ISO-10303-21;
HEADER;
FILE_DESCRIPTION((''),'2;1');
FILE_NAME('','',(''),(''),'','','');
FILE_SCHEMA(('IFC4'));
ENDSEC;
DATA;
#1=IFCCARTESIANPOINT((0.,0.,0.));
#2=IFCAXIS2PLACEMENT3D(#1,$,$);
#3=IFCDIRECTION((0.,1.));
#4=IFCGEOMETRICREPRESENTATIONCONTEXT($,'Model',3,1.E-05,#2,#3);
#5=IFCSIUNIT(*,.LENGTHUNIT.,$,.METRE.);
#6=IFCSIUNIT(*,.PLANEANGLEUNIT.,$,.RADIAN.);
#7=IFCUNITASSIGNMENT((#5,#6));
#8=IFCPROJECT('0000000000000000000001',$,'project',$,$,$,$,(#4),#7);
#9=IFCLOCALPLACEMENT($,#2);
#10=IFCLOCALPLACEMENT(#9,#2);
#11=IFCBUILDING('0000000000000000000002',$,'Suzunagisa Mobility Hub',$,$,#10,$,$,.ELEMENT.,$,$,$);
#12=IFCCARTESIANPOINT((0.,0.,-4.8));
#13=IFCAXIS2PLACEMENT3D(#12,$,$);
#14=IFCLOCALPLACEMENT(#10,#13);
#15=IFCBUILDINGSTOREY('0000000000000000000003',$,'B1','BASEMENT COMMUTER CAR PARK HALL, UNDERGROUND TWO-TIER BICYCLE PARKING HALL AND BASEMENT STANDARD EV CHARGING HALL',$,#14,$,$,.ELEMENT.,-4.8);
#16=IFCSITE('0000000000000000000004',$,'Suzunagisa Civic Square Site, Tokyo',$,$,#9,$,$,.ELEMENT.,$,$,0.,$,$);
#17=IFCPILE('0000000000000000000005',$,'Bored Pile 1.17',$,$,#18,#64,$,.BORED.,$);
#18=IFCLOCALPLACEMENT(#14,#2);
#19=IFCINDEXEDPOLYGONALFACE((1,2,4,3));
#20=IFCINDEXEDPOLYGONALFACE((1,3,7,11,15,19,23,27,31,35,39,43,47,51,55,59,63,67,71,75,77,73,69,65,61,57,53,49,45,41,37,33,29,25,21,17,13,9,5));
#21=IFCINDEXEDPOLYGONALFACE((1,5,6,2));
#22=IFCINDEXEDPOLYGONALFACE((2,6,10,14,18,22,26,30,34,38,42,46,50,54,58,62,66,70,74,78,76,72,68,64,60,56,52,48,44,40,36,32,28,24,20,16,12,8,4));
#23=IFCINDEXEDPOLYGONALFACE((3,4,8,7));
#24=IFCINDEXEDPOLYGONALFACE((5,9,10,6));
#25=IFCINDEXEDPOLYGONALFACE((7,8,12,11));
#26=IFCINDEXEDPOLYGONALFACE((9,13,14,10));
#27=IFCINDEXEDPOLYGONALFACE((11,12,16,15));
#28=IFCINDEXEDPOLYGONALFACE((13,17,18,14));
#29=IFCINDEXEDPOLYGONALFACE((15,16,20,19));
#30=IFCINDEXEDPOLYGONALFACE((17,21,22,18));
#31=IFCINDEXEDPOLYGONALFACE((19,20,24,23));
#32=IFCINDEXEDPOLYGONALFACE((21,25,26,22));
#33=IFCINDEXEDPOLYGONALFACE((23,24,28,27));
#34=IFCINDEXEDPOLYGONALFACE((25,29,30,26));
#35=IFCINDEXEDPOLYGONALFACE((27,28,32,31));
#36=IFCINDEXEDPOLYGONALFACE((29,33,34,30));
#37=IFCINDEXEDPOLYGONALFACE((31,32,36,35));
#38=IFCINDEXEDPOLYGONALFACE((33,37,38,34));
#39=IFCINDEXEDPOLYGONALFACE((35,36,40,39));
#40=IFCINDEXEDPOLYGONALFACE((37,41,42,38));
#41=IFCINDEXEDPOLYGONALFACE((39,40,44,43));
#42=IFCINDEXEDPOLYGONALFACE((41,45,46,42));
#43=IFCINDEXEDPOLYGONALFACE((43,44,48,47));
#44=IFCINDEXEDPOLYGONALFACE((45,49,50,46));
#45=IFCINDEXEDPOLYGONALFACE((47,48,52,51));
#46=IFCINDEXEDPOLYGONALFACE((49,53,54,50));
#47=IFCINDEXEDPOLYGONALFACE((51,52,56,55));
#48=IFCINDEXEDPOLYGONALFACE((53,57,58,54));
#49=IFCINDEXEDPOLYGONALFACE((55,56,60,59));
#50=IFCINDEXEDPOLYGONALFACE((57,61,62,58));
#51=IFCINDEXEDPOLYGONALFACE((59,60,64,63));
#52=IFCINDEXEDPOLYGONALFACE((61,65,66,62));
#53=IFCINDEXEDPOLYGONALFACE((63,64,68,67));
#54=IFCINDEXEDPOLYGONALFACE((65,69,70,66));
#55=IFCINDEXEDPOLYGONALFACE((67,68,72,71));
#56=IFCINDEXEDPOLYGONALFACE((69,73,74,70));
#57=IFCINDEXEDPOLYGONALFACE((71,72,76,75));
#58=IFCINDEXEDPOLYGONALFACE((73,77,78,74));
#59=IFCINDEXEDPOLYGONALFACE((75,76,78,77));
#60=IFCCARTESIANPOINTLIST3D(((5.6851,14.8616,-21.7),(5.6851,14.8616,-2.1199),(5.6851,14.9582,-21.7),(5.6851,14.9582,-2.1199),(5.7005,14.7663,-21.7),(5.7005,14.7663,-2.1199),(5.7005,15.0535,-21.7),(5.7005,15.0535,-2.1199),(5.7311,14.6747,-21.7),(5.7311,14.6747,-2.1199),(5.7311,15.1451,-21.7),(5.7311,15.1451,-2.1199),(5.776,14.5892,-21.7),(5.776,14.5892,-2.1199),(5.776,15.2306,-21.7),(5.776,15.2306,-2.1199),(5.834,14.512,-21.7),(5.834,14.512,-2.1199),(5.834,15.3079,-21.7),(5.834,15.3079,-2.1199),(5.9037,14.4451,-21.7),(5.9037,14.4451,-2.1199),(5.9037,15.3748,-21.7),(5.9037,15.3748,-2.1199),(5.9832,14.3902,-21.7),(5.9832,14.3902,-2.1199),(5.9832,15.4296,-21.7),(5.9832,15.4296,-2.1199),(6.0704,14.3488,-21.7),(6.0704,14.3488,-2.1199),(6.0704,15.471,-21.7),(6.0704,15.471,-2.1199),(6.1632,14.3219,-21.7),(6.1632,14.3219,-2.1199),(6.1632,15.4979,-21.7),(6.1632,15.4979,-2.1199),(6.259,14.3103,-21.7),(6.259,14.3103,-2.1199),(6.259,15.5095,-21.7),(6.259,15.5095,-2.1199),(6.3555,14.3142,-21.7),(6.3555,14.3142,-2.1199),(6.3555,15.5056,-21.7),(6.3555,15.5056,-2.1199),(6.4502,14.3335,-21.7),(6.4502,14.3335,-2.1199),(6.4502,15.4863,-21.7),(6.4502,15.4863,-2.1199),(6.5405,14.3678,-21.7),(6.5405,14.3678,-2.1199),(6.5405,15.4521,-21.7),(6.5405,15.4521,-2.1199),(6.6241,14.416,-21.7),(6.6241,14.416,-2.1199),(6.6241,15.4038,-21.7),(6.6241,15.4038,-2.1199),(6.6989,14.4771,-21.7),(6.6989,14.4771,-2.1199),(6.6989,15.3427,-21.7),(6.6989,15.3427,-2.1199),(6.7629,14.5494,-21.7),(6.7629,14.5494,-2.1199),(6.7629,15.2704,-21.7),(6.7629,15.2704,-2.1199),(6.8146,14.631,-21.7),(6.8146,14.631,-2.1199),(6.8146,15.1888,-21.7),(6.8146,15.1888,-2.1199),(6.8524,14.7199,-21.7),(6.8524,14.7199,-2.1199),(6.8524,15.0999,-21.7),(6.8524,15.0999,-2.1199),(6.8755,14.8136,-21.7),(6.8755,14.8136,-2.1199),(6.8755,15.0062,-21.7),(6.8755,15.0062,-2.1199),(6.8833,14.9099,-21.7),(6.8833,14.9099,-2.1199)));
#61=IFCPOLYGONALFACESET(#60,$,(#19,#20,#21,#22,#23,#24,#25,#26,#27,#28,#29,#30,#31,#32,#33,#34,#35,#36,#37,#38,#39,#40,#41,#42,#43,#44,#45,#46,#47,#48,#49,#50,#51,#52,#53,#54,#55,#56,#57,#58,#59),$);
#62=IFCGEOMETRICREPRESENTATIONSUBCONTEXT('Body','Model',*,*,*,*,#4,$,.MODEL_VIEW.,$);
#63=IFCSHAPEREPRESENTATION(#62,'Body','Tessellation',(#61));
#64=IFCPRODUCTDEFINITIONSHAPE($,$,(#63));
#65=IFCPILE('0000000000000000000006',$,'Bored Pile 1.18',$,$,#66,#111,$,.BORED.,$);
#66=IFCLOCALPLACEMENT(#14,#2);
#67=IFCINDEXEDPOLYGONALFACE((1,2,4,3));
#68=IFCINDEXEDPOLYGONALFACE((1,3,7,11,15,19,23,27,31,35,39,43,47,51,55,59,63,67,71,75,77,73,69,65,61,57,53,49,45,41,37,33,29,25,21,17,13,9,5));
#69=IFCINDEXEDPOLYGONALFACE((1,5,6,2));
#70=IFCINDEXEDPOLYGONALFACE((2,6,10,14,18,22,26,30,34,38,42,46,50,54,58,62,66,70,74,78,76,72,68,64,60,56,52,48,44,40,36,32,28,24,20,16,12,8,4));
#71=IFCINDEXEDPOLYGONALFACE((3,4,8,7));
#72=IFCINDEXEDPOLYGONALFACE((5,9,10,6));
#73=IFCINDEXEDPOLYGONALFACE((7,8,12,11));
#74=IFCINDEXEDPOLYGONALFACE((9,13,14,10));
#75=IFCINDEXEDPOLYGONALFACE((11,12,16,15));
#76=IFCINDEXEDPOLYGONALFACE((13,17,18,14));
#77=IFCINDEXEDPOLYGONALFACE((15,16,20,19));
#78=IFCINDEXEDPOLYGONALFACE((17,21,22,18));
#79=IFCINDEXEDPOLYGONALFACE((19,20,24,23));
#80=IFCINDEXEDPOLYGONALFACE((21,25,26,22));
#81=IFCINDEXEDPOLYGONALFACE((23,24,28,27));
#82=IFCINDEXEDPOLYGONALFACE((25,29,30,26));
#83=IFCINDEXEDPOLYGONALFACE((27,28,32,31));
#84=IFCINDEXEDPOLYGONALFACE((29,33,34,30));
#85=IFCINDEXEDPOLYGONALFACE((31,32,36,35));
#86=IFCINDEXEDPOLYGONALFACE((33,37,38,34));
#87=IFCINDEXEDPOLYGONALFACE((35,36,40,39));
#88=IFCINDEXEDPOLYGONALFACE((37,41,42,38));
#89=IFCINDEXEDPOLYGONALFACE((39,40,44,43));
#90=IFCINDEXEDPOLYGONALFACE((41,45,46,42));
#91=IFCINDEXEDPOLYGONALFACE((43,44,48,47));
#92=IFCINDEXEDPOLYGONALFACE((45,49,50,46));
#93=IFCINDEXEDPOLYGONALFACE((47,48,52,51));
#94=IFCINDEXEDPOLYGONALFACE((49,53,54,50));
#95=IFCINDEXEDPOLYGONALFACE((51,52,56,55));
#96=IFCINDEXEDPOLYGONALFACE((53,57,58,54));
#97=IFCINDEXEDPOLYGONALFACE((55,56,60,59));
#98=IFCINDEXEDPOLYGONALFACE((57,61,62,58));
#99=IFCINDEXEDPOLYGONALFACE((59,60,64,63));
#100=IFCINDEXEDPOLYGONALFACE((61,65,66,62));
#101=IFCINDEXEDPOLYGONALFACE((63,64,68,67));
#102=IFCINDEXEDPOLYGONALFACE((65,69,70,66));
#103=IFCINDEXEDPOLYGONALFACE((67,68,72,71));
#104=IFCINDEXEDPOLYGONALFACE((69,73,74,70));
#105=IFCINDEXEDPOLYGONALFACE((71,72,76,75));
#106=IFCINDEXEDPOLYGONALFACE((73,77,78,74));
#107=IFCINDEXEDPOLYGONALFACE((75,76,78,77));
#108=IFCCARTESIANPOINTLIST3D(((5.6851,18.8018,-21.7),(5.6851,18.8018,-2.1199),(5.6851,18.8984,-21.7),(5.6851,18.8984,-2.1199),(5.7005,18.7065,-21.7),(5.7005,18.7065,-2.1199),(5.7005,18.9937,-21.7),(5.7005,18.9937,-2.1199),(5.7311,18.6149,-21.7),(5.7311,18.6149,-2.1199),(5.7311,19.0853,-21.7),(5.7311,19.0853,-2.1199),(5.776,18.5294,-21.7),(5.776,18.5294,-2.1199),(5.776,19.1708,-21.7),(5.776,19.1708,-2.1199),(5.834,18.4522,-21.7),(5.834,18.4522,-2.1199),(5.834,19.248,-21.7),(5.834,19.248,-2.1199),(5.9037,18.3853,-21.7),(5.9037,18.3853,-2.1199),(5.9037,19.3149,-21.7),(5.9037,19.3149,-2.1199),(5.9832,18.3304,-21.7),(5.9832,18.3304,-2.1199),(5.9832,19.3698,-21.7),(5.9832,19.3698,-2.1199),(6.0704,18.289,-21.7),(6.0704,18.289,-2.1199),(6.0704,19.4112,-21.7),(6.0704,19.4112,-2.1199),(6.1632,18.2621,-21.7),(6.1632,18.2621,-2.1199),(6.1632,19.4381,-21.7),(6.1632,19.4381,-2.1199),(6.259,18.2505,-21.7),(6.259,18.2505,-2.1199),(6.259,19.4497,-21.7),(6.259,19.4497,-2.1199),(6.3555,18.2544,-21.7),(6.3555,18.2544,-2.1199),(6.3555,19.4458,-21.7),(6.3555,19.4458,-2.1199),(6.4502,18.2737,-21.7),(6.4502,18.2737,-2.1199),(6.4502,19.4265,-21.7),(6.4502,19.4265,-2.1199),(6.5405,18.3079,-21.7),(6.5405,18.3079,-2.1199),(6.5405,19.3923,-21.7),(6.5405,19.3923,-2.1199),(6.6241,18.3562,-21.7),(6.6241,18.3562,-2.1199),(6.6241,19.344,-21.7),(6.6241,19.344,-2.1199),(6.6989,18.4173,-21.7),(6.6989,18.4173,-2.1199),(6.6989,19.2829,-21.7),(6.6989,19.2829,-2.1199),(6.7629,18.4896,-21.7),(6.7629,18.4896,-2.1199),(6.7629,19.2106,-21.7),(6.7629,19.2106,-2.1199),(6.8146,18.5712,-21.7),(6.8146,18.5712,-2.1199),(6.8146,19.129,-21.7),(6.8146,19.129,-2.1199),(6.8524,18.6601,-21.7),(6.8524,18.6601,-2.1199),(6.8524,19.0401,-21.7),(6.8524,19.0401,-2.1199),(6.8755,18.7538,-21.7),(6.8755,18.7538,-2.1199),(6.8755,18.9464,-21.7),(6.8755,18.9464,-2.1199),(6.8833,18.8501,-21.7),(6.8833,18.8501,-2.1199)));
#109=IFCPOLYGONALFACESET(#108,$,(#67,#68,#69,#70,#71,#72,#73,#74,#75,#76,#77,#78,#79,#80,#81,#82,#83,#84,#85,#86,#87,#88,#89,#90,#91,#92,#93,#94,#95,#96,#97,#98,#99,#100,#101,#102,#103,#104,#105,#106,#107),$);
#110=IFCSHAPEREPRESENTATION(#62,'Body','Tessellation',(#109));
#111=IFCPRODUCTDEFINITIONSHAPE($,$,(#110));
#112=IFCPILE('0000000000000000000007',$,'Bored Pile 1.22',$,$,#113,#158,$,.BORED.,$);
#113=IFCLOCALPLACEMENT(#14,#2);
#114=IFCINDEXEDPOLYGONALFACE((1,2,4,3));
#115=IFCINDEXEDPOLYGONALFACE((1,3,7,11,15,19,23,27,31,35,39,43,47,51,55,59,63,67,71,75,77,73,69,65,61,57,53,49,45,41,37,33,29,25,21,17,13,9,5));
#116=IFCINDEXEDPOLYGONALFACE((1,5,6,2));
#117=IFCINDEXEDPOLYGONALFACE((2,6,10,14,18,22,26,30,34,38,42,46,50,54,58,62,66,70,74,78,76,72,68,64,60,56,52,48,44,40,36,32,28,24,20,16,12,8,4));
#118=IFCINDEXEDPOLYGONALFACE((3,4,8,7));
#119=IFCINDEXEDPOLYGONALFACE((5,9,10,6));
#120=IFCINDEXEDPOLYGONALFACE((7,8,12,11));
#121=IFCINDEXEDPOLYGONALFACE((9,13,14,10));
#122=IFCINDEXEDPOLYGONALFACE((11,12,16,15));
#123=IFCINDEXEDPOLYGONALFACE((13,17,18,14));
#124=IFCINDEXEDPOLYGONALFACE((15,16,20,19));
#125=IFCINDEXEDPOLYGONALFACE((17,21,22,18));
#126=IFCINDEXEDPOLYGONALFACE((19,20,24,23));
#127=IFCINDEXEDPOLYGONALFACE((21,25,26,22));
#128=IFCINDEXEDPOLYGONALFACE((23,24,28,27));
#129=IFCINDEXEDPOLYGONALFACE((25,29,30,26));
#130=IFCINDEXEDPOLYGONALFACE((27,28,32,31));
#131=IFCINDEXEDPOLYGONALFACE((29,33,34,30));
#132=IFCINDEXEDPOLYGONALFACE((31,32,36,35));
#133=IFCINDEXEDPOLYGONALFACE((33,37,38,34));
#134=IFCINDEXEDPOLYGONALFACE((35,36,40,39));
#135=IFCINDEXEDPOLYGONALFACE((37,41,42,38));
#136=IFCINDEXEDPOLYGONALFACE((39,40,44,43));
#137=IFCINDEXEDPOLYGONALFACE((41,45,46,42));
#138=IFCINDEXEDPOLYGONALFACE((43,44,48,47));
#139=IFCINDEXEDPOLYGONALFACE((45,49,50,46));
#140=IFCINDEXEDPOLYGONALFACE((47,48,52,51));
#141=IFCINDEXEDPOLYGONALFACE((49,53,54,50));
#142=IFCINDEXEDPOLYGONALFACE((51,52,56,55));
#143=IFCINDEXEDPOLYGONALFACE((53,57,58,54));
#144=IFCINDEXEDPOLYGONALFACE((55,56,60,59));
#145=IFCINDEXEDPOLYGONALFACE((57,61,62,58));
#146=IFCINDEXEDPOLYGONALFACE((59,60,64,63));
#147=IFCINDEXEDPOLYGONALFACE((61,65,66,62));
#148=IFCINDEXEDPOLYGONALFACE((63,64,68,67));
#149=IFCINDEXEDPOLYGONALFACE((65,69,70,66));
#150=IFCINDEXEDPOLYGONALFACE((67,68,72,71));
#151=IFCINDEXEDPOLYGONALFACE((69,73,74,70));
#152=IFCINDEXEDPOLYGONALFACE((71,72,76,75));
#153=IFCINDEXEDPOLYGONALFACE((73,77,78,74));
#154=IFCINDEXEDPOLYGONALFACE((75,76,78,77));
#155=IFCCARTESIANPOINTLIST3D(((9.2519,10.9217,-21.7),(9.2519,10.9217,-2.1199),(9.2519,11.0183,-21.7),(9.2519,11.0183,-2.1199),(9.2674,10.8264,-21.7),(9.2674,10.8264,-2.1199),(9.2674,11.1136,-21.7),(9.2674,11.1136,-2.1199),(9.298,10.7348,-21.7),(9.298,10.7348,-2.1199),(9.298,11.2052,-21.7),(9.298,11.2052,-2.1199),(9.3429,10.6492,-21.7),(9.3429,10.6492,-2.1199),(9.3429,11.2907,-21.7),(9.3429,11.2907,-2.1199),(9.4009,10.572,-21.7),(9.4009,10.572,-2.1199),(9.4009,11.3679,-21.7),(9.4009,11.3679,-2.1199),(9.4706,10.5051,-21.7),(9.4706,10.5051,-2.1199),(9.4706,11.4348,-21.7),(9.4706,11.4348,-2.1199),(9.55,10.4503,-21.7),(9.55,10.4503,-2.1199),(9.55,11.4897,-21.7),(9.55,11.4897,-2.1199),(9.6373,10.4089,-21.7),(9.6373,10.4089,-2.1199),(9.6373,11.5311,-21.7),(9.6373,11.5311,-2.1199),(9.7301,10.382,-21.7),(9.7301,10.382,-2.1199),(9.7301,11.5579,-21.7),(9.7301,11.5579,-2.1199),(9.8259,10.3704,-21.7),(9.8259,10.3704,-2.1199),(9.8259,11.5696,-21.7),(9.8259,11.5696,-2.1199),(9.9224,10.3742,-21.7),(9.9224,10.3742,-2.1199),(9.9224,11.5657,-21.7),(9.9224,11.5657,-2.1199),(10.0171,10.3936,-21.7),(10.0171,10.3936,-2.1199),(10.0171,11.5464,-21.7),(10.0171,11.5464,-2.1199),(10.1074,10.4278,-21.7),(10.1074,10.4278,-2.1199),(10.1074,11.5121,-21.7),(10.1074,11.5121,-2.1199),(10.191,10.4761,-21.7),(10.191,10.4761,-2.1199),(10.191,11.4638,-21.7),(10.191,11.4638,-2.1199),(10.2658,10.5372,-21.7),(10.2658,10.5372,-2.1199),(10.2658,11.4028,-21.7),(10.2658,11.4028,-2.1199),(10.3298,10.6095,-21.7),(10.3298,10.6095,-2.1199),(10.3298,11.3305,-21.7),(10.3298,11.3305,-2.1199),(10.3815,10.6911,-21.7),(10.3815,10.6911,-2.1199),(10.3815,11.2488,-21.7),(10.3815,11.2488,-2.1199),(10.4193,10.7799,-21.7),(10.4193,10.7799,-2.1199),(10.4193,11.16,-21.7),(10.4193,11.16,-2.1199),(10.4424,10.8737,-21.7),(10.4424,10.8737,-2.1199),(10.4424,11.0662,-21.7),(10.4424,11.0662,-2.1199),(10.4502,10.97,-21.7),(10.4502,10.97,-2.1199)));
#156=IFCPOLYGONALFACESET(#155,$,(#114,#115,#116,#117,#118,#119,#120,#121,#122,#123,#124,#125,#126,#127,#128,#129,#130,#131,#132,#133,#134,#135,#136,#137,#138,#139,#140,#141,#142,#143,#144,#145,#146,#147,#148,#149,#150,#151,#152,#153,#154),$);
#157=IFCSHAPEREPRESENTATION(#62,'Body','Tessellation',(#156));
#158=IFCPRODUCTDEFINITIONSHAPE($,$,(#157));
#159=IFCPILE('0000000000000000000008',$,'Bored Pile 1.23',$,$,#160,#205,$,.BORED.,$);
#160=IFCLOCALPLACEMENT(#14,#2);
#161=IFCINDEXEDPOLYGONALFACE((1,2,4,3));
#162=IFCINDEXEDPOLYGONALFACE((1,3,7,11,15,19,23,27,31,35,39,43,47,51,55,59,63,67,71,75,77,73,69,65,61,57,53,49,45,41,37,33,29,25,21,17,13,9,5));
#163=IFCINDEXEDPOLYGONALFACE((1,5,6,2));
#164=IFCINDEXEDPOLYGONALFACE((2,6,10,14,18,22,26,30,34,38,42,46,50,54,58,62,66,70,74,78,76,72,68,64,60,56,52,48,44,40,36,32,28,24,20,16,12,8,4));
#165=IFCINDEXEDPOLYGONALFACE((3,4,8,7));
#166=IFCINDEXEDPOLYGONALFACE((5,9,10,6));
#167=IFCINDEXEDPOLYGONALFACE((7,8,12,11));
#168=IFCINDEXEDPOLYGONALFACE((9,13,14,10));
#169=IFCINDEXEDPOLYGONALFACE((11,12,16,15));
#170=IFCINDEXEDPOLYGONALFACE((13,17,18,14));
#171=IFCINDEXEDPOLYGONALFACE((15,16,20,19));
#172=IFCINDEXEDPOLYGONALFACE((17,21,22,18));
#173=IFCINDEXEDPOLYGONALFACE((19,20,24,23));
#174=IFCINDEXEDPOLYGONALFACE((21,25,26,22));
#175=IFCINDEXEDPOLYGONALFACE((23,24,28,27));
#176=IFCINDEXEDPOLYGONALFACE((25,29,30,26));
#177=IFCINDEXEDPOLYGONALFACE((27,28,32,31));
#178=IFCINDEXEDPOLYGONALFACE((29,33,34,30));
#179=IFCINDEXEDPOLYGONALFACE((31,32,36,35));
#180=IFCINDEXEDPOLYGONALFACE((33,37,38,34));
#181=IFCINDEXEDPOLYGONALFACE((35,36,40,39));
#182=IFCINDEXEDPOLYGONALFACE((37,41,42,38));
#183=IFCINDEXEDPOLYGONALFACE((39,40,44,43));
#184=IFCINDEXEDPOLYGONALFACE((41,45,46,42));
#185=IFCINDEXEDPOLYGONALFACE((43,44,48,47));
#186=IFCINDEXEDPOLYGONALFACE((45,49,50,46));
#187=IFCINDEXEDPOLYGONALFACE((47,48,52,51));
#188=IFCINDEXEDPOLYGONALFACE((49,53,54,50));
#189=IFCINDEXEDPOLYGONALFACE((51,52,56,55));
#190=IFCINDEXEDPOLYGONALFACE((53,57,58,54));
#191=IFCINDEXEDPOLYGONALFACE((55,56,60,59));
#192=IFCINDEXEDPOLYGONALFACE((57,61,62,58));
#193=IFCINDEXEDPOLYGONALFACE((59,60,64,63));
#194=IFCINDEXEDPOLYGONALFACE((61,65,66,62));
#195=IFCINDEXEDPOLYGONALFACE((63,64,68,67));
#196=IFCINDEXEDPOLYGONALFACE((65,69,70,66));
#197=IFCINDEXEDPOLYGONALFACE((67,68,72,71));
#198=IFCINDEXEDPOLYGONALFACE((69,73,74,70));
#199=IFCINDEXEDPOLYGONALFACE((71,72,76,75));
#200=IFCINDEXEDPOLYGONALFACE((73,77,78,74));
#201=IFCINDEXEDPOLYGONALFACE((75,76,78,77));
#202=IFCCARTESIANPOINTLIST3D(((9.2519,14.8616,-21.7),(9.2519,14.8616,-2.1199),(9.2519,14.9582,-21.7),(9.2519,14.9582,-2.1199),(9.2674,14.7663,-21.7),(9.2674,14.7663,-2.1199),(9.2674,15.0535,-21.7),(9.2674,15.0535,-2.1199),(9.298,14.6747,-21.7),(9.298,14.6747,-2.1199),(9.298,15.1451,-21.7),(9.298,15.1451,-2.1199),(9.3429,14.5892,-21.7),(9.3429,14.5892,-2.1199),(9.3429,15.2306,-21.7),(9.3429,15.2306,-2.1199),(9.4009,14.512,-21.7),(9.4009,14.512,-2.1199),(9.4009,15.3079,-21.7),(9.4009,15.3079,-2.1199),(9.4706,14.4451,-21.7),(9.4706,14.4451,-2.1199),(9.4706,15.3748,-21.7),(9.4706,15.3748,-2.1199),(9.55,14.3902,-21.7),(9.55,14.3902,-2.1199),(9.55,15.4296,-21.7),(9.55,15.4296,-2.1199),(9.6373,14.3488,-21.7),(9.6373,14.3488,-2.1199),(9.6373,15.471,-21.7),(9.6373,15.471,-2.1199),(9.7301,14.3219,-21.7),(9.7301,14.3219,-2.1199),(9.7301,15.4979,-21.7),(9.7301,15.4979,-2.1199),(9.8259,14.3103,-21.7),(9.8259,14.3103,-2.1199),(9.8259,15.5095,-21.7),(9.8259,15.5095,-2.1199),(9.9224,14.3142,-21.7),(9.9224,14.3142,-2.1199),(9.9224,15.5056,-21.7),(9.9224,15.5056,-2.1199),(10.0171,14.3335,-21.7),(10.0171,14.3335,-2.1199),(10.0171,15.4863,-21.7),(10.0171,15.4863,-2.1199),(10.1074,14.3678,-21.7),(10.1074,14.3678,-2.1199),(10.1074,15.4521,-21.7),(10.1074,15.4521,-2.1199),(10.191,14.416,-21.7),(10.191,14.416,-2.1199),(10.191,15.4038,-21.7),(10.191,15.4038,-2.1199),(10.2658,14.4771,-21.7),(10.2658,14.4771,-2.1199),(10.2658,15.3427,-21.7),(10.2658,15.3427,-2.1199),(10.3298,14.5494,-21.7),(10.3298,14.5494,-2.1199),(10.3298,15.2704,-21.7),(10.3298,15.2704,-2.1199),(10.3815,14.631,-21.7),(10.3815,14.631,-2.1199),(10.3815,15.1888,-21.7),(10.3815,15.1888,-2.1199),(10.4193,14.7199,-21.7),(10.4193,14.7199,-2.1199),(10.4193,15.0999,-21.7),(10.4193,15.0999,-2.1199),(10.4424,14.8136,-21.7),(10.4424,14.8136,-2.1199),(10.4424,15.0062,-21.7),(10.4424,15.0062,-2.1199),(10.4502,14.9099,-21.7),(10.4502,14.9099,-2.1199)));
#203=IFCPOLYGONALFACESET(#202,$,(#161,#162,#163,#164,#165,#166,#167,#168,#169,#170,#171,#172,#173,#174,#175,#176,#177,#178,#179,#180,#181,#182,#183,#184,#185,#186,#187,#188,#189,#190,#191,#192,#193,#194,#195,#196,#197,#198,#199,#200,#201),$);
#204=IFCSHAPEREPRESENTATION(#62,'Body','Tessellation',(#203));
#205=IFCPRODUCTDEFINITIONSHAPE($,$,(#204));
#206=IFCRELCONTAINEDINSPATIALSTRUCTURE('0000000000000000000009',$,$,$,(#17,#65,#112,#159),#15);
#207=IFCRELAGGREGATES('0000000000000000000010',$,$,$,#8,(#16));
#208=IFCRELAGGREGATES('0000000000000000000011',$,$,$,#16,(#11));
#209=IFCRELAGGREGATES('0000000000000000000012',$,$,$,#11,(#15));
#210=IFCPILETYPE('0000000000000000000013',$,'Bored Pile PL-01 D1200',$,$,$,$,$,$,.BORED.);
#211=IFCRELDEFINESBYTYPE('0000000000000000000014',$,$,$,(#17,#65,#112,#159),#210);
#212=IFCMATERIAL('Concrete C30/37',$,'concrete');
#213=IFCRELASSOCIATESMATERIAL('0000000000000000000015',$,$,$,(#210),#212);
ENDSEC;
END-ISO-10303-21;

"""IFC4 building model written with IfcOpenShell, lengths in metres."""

from ifc_helpers import new_model, si_unit, direction, frame, origin, origin_2d, place, context, subcontext, project, spatial, circle, extrude, material, material_profile, profile_set, type_object, element, save


model = new_model("IFC4")

# Units and contexts
model_context = context("Model", 3, precision=1e-05, world=origin(), true_north=direction((0.0, 1.0)))
body_context = subcontext(model_context, "Body", "Model", "MODEL_VIEW")
ifc_project = project(units=[si_unit("LENGTHUNIT", "METRE"), si_unit("PLANEANGLEUNIT", "RADIAN")], contexts=[model_context])

# Site, building, storey
site_placement = place(None, origin())
site = spatial("IfcSite", under=ifc_project, at=site_placement, Name="Suzunagisa Civic Square Site, Tokyo", CompositionType="ELEMENT", RefElevation=0.0)
building_placement = place(site_placement, origin())
building = spatial("IfcBuilding", under=site, at=building_placement, Name="Suzunagisa Mobility Hub", CompositionType="ELEMENT")
storey_placement = place(building_placement, frame((0.0, 0.0, -4.8)))
storey = spatial("IfcBuildingStorey", under=building, at=storey_placement, Name="B1", Description="BASEMENT COMMUTER CAR PARK HALL, UNDERGROUND TWO-TIER BICYCLE PARKING HALL AND BASEMENT STANDARD EV CHARGING HALL", CompositionType="ELEMENT", Elevation=-4.8)

# Piles
ifc_material_1 = material(Name="Concrete C30/37", Category="concrete")
ifc_material_profile_1 = material_profile(ifc_material_1, circle(Radius=0.6001, at=origin_2d()), Name="BORED PILE D1200")
ifc_profile_set_1 = profile_set([ifc_material_profile_1], Name="Concrete C30/37")
pile_type = type_object("IfcPileType", Name="Bored Pile PL-01 D1200", PredefinedType="BORED", material=ifc_profile_set_1)
for number, where, z_axis, x_axis, name in (
    (1, (6.2832, 14.9099, -2.1199), (0.0, 0.0, -1.0), (1.0, 0.0, 0.0), "Bored Pile 1.17"),
    (2, (6.2832, 18.8501, -2.1199), (0.0, 0.0, -1.0), (1.0, 0.0, 0.0), "Bored Pile 1.18"),
    (3, (9.8501, 10.97, -2.1199), (0.0, 0.0, -1.0), (1.0, 0.0, 0.0), "Bored Pile 1.22"),
    (4, (9.8501, 14.9099, -2.1199), (0.0, 0.0, -1.0), (1.0, 0.0, 0.0), "Bored Pile 1.23"),
):
    element("IfcPile", number, at=place(storey_placement, frame(where, z_axis=z_axis, x_axis=x_axis)), inside=storey, type_object=pile_type, Name=name, PredefinedType="BORED", context=body_context, shape_type="SweptSolid", body=[
        extrude(circle(Radius=0.6001, at=origin_2d()), origin(), (0.0, 0.0, 1.0), 19.5801),
    ])

save(model, "model.ifc")
